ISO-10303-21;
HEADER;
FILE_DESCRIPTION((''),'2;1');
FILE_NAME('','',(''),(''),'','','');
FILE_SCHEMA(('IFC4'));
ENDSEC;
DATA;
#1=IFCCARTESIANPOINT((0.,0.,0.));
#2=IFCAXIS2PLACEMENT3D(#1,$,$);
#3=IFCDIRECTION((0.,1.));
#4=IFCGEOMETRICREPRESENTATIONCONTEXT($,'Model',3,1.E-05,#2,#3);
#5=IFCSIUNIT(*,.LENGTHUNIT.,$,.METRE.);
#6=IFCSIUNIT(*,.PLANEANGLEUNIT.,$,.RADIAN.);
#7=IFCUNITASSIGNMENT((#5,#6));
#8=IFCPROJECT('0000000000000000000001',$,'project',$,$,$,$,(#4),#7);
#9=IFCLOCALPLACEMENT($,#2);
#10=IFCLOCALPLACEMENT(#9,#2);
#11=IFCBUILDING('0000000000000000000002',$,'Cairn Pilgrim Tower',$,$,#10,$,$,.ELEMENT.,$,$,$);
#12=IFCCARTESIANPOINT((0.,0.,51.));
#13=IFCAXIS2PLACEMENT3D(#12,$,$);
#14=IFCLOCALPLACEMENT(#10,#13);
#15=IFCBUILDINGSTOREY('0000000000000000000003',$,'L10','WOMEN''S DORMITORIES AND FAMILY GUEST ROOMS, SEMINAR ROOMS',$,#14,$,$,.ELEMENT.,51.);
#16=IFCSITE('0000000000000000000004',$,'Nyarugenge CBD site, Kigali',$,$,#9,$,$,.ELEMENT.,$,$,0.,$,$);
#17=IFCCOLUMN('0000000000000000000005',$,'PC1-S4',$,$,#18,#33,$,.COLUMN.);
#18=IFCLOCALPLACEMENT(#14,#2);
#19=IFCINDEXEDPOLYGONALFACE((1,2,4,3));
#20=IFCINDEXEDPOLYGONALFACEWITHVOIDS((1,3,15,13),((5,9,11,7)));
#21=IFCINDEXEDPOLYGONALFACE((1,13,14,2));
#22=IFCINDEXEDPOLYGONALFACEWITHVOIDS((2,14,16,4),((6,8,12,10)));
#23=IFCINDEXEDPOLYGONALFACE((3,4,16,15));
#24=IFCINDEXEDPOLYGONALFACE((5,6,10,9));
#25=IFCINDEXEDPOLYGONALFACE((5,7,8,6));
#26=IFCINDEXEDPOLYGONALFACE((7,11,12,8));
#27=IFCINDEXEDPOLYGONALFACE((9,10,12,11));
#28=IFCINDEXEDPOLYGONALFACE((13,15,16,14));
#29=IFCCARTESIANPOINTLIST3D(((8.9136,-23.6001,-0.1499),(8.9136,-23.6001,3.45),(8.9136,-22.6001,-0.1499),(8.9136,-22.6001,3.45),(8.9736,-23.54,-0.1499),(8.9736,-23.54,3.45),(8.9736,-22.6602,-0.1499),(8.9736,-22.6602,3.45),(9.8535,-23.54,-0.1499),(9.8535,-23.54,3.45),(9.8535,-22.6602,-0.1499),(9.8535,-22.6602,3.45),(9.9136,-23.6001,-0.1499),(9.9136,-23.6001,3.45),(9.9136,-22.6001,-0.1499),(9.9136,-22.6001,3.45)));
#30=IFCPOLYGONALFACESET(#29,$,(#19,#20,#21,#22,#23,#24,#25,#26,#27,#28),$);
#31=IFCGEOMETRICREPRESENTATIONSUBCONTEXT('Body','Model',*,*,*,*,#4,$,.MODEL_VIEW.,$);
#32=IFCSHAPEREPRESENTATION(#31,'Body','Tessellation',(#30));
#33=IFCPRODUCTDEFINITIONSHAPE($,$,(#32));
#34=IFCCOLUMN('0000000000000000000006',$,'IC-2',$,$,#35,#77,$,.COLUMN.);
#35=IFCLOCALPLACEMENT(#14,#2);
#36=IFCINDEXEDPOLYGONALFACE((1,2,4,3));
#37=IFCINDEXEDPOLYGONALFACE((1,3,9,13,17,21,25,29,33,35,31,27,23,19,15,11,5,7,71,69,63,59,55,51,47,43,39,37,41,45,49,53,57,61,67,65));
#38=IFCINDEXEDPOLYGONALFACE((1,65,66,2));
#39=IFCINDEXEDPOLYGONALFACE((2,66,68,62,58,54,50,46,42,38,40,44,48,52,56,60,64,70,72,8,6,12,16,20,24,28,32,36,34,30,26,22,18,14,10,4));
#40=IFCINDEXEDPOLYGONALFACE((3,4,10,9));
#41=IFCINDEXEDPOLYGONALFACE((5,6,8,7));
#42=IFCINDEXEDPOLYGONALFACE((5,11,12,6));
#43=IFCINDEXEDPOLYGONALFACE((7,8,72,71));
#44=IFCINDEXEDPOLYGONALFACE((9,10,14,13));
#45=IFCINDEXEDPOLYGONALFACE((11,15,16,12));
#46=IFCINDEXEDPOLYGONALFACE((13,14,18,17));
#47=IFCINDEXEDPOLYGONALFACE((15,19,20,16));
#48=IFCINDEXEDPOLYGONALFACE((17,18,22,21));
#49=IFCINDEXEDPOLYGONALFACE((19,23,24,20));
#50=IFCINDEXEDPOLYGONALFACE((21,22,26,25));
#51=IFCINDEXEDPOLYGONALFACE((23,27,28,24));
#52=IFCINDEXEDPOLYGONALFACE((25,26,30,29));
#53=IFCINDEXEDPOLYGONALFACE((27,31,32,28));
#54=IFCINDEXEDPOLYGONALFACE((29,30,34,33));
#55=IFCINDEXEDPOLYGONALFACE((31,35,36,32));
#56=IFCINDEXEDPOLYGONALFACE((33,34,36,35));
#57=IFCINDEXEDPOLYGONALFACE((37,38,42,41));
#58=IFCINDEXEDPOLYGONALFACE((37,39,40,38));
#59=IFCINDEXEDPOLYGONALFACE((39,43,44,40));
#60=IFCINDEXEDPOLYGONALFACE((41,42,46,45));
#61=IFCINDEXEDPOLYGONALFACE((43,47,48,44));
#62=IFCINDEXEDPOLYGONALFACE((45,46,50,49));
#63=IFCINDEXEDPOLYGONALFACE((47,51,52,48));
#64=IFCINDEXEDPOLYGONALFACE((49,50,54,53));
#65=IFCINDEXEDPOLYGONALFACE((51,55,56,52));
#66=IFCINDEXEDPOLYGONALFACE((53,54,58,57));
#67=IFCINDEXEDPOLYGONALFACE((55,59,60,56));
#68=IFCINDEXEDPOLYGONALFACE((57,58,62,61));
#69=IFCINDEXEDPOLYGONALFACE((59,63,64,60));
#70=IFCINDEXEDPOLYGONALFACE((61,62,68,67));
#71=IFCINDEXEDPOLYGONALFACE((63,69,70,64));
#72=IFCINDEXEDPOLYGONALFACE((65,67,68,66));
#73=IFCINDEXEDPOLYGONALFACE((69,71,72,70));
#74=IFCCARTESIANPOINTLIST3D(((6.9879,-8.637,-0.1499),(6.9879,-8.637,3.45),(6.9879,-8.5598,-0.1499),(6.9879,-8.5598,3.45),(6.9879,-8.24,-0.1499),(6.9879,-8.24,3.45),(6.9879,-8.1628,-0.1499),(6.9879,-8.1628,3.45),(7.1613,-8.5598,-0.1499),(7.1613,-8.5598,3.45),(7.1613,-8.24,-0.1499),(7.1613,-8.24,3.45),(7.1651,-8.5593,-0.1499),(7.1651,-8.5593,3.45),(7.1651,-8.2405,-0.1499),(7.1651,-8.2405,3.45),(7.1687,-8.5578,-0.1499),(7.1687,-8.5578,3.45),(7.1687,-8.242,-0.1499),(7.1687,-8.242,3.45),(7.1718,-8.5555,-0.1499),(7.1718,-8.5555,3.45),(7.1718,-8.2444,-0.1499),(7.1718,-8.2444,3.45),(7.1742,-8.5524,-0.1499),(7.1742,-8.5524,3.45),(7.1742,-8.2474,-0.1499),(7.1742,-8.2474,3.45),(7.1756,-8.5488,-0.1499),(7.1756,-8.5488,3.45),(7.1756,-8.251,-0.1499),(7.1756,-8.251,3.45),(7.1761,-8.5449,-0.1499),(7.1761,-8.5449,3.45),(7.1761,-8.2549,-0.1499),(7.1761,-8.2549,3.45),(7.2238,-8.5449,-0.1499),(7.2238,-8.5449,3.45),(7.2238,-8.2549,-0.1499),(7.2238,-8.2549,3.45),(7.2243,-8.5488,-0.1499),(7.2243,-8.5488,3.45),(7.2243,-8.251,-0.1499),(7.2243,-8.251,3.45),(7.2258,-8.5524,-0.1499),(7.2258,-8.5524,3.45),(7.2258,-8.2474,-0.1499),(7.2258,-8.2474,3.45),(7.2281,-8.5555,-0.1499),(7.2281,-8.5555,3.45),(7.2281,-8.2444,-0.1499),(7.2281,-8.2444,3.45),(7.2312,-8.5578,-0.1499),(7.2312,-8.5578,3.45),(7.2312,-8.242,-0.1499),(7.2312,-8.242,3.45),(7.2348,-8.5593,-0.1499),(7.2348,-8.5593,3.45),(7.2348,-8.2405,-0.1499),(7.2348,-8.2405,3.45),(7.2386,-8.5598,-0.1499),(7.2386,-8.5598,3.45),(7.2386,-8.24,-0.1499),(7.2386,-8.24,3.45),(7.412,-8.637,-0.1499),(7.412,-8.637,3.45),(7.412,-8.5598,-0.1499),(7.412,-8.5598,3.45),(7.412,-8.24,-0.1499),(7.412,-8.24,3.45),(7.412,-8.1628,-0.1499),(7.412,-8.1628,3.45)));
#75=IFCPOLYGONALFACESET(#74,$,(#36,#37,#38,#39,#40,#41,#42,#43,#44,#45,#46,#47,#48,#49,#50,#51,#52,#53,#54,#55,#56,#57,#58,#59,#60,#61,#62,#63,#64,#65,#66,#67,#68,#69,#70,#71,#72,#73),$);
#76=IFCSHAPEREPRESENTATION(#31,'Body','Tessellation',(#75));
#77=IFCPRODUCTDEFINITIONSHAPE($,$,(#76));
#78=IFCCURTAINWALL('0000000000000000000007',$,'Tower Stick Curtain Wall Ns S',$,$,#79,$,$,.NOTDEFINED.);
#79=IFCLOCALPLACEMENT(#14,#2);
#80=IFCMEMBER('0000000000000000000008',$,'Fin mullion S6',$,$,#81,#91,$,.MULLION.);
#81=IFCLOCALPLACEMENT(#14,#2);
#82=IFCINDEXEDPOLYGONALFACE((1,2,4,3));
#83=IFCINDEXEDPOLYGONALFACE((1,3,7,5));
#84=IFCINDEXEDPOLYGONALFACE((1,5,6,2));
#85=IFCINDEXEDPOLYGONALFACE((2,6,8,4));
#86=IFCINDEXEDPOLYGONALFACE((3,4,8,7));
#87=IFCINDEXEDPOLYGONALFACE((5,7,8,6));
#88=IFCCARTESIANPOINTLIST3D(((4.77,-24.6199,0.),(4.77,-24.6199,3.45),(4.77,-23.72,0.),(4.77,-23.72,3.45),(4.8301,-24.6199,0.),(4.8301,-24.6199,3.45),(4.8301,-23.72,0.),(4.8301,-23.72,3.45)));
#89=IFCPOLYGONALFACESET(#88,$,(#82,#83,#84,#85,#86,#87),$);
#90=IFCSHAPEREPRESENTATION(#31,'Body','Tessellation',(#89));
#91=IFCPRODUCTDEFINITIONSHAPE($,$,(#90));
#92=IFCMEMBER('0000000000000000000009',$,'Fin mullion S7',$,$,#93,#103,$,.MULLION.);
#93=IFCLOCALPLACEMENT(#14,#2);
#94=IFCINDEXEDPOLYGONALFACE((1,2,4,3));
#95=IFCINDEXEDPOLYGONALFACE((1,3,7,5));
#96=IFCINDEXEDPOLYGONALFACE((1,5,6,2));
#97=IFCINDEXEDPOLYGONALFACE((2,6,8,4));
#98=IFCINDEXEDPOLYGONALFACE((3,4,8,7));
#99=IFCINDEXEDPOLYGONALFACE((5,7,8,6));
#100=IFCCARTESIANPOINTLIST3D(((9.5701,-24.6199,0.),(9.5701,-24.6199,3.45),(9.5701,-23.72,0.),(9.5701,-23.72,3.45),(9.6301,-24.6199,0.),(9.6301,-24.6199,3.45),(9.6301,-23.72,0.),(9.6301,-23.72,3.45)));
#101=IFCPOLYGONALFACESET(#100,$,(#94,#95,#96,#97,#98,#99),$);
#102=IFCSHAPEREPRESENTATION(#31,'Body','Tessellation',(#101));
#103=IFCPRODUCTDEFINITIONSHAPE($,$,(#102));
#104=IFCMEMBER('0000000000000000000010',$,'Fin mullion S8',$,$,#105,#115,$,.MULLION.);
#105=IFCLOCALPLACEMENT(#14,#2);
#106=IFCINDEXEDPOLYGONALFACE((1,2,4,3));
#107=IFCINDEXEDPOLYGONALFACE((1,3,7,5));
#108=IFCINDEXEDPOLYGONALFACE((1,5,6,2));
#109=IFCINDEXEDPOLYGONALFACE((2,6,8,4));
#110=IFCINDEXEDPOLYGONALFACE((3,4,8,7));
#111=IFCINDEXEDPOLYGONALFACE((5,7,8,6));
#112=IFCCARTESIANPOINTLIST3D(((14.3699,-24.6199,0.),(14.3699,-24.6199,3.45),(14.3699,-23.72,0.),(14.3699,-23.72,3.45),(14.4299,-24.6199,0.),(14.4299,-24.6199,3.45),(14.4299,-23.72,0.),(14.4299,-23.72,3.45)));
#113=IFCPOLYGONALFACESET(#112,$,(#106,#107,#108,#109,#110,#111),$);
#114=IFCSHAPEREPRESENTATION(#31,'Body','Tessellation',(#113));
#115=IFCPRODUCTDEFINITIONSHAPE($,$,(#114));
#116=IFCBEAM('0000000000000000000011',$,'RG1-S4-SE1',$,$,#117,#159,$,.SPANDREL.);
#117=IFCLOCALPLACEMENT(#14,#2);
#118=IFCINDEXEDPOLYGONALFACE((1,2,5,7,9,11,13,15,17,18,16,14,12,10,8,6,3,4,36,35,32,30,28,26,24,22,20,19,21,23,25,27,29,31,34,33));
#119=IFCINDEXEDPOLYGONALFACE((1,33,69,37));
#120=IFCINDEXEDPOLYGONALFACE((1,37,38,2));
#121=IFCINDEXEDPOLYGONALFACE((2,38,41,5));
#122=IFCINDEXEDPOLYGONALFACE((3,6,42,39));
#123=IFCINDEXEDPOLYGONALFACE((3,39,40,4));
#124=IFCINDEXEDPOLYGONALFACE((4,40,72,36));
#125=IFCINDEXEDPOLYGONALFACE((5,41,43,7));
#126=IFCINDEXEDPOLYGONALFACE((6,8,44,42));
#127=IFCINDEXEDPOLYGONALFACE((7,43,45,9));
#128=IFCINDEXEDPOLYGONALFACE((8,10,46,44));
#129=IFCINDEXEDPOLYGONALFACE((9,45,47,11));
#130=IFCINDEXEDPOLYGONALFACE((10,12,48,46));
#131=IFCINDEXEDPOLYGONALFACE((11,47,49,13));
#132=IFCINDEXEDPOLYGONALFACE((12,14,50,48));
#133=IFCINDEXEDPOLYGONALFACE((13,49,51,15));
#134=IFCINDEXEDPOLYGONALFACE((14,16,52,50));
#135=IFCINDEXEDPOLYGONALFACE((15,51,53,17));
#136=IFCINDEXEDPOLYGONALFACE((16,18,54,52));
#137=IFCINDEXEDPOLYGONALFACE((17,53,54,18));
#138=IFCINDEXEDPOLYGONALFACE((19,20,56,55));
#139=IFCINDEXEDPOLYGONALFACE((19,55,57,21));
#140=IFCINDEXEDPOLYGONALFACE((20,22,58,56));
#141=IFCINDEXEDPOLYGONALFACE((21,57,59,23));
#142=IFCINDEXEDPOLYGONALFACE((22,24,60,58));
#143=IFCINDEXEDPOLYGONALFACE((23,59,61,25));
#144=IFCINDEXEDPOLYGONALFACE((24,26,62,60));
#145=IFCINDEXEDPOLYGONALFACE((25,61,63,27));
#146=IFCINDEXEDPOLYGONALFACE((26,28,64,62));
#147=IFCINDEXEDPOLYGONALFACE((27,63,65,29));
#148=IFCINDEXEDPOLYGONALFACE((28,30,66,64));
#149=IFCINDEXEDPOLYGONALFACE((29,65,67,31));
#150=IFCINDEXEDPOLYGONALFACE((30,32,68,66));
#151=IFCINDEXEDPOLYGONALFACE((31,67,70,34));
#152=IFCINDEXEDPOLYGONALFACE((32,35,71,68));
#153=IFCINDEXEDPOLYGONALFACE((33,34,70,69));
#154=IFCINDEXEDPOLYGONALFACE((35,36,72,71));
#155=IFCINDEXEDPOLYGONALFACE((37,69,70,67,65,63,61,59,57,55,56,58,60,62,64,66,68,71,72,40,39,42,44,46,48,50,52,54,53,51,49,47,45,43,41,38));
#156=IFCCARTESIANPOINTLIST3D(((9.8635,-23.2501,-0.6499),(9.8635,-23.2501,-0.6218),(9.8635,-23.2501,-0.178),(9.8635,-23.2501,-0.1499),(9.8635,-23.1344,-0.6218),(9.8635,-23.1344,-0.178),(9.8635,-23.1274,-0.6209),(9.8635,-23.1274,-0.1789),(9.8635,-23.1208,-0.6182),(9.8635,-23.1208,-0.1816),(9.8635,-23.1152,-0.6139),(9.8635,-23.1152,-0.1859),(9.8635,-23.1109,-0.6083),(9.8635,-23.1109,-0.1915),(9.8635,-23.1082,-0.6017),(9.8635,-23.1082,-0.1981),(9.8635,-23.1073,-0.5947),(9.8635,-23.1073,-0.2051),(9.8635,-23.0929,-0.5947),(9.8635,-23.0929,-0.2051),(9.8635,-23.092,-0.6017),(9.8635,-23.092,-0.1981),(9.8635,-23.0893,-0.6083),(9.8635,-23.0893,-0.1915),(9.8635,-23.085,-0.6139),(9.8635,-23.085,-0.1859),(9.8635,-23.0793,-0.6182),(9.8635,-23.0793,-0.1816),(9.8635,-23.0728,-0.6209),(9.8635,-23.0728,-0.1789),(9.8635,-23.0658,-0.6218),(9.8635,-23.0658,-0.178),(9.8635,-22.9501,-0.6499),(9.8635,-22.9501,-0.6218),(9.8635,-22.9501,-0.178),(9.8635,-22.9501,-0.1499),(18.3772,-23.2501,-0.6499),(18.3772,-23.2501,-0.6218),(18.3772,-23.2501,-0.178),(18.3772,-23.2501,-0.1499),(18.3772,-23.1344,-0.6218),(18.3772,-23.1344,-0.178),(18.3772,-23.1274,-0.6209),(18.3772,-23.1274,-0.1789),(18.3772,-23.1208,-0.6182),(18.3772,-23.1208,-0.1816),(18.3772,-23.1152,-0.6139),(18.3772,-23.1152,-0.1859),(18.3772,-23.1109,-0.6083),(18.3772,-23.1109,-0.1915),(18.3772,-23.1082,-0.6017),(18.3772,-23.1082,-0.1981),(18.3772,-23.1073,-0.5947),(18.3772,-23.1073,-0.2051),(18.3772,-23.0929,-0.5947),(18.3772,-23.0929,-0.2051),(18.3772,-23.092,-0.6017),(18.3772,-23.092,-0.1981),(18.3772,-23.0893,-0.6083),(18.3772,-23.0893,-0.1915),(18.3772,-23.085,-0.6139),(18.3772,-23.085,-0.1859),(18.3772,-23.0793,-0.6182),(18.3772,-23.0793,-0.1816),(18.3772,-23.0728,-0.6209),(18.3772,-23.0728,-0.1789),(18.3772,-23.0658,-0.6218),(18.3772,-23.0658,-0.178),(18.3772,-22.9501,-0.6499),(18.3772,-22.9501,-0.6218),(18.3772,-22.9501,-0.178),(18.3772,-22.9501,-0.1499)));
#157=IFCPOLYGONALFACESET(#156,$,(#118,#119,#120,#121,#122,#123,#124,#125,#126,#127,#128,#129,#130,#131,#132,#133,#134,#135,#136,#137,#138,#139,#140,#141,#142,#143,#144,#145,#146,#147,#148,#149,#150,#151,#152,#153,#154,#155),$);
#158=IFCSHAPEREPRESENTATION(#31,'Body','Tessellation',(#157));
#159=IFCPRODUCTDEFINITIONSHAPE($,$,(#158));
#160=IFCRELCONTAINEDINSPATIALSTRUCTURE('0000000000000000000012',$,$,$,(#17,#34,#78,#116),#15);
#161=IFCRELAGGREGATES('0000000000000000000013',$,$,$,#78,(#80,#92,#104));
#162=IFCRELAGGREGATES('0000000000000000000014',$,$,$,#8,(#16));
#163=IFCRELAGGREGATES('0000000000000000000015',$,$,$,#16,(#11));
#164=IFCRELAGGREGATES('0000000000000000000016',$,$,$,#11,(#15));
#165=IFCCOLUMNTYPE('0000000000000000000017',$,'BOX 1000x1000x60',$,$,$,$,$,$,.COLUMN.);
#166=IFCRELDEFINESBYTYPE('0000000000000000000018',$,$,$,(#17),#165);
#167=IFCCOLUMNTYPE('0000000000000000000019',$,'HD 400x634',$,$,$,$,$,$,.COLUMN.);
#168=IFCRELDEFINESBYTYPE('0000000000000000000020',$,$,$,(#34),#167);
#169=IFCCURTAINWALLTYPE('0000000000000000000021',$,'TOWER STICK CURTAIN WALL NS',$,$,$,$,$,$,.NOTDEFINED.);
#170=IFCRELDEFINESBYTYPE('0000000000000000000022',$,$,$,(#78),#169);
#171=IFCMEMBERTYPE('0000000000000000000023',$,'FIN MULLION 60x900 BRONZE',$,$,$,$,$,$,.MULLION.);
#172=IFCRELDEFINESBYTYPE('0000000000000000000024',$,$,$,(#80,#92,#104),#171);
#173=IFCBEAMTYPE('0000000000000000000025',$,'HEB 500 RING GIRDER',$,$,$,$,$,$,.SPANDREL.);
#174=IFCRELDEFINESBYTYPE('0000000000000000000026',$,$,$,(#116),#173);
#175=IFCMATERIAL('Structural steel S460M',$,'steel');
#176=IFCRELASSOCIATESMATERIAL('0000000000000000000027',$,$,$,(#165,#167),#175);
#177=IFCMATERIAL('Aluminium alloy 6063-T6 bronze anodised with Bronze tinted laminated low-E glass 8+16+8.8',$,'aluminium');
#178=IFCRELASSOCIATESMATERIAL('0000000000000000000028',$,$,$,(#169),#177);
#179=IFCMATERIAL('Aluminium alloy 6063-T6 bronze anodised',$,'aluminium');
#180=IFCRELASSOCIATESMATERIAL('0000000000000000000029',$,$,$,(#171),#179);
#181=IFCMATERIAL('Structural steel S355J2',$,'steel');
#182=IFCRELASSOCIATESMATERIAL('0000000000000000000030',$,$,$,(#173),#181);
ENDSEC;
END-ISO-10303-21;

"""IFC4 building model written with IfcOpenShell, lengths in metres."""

from ifc_helpers import new_model, si_unit, direction, frame, origin, origin_2d, place, context, subcontext, project, spatial, rectangle, hollow_rectangle, i_section, extrude, material, material_profile, profile_set, type_object, element, aggregate, save


model = new_model("IFC4")

# Units and contexts
model_context = context("Model", 3, precision=1e-05, world=origin(), true_north=direction((0.0, 1.0)))
body_context = subcontext(model_context, "Body", "Model", "MODEL_VIEW")
ifc_project = project(units=[si_unit("LENGTHUNIT", "METRE"), si_unit("PLANEANGLEUNIT", "RADIAN")], contexts=[model_context])

# Site, building, storey
site_placement = place(None, origin())
site = spatial("IfcSite", under=ifc_project, at=site_placement, Name="Nyarugenge CBD site, Kigali", CompositionType="ELEMENT", RefElevation=0.0)
building_placement = place(site_placement, origin())
building = spatial("IfcBuilding", under=site, at=building_placement, Name="Cairn Pilgrim Tower", CompositionType="ELEMENT")
storey_placement = place(building_placement, frame((0.0, 0.0, 51.0)))
storey = spatial("IfcBuildingStorey", under=building, at=storey_placement, Name="L10", Description="WOMEN'S DORMITORIES AND FAMILY GUEST ROOMS, SEMINAR ROOMS", CompositionType="ELEMENT", Elevation=51.0)

# Columns
ifc_material_1 = material(Name="Structural steel S460M", Category="steel")
ifc_material_profile_1 = material_profile(ifc_material_1, hollow_rectangle(XDim=1.0, YDim=1.0, WallThickness=0.0601, at=origin_2d()), Name="BOX 1000x1000x60")
ifc_profile_set_1 = profile_set([ifc_material_profile_1], Name="Structural steel S460M")
column_type_1 = type_object("IfcColumnType", Name="BOX 1000x1000x60", PredefinedType="COLUMN", material=ifc_profile_set_1)
column_1_placement = place(storey_placement, frame((9.4136, -23.1001, -0.1499), z_axis=(0.0, 0.0, 1.0), x_axis=(1.0, 0.0, 0.0)))
element("IfcColumn", 1, at=column_1_placement, inside=storey, type_object=column_type_1, Name="PC1-S4", PredefinedType="COLUMN", context=body_context, shape_type="SweptSolid", body=[
    extrude(hollow_rectangle(XDim=1.0, YDim=1.0, WallThickness=0.0601, at=origin_2d()), origin(), (0.0, 0.0, 1.0), 3.5999),
])
ifc_material_profile_2 = material_profile(ifc_material_1, i_section(OverallWidth=0.4241, OverallDepth=0.4741, WebThickness=0.0476, FlangeThickness=0.0771, FilletRadius=0.0149, at=origin_2d()), Name="HD 400x634")
ifc_profile_set_2 = profile_set([ifc_material_profile_2], Name="Structural steel S460M")
column_type_2 = type_object("IfcColumnType", Name="HD 400x634", PredefinedType="COLUMN", material=ifc_profile_set_2)
column_2_placement = place(storey_placement, frame((7.2, -8.3999, -0.1499), z_axis=(0.0, 0.0, 1.0), x_axis=(1.0, 0.0, 0.0)))
element("IfcColumn", 2, at=column_2_placement, inside=storey, type_object=column_type_2, Name="IC-2", PredefinedType="COLUMN", context=body_context, shape_type="SweptSolid", body=[
    extrude(i_section(OverallWidth=0.4241, OverallDepth=0.4741, WebThickness=0.0476, FlangeThickness=0.0771, FilletRadius=0.0149, at=origin_2d()), origin(), (0.0, 0.0, 1.0), 3.5999),
])

# Curtain wall, members
ifc_material_2 = material(Name="Aluminium alloy 6063-T6 bronze anodised with Bronze tinted laminated low-E glass 8+16+8.8", Category="aluminium")
curtain_wall_type = type_object("IfcCurtainWallType", Name="TOWER STICK CURTAIN WALL NS", PredefinedType="NOTDEFINED", material=ifc_material_2)
curtain_wall_placement = place(storey_placement, origin())
curtain_wall = element("IfcCurtainWall", 3, at=curtain_wall_placement, inside=storey, type_object=curtain_wall_type, Name="Tower Stick Curtain Wall Ns S", PredefinedType="NOTDEFINED")
ifc_material_3 = material(Name="Aluminium alloy 6063-T6 bronze anodised", Category="aluminium")
ifc_material_profile_3 = material_profile(ifc_material_3, rectangle(XDim=0.8999, YDim=0.0601, at=origin_2d()), Name="FIN MULLION 60x900 BRONZE")
ifc_profile_set_3 = profile_set([ifc_material_profile_3], Name="Aluminium alloy 6063-T6 bronze anodised")
member_type_1 = type_object("IfcMemberType", Name="FIN MULLION 60x900 BRONZE", PredefinedType="MULLION", material=ifc_profile_set_3)
member_1_placement = place(storey_placement, frame((4.8, -24.1699, 0.0), z_axis=(0.0, 0.0, 1.0), x_axis=(0.0, -1.0, 0.0)))
member_1 = element("IfcMember", 4, at=member_1_placement, type_object=member_type_1, Name="Fin mullion S6", PredefinedType="MULLION", context=body_context, shape_type="SweptSolid", body=[
    extrude(rectangle(XDim=0.8999, YDim=0.0601, at=origin_2d()), origin(), (0.0, 0.0, 1.0), 3.45),
])
member_2_placement = place(storey_placement, frame((9.6001, -24.1699, 0.0), z_axis=(0.0, 0.0, 1.0), x_axis=(0.0, -1.0, 0.0)))
member_2 = element("IfcMember", 5, at=member_2_placement, type_object=member_type_1, Name="Fin mullion S7", PredefinedType="MULLION", context=body_context, shape_type="SweptSolid", body=[
    extrude(rectangle(XDim=0.8999, YDim=0.0601, at=origin_2d()), origin(), (0.0, 0.0, 1.0), 3.45),
])
member_3_placement = place(storey_placement, frame((14.3999, -24.1699, 0.0), z_axis=(0.0, 0.0, 1.0), x_axis=(0.0, -1.0, 0.0)))
member_3 = element("IfcMember", 6, at=member_3_placement, type_object=member_type_1, Name="Fin mullion S8", PredefinedType="MULLION", context=body_context, shape_type="SweptSolid", body=[
    extrude(rectangle(XDim=0.8999, YDim=0.0601, at=origin_2d()), origin(), (0.0, 0.0, 1.0), 3.45),
])

# Beam
ifc_material_4 = material(Name="Structural steel S355J2", Category="steel")
ifc_material_profile_4 = material_profile(ifc_material_4, i_section(OverallWidth=0.3, OverallDepth=0.5, WebThickness=0.0144, FlangeThickness=0.0281, FilletRadius=0.0271, at=origin_2d()), Name="HEB 500")
ifc_profile_set_4 = profile_set([ifc_material_profile_4], Name="Structural steel S355J2")
beam_type_1 = type_object("IfcBeamType", Name="HEB 500 RING GIRDER", PredefinedType="SPANDREL", material=ifc_profile_set_4)
beam_1_placement = place(storey_placement, frame((9.8635, -23.1001, -0.3999), z_axis=(1.0, 0.0, 0.0), x_axis=(0.0, 1.0, 0.0)))
element("IfcBeam", 7, at=beam_1_placement, inside=storey, type_object=beam_type_1, Name="RG1-S4-SE1", PredefinedType="SPANDREL", context=body_context, shape_type="SweptSolid", body=[
    extrude(i_section(OverallWidth=0.3, OverallDepth=0.5, WebThickness=0.0144, FlangeThickness=0.0281, FilletRadius=0.0271, at=origin_2d()), origin(), (0.0, 0.0, 1.0), 8.5137),
])

aggregate(curtain_wall, [member_1, member_2, member_3])

save(model, "model.ifc")
